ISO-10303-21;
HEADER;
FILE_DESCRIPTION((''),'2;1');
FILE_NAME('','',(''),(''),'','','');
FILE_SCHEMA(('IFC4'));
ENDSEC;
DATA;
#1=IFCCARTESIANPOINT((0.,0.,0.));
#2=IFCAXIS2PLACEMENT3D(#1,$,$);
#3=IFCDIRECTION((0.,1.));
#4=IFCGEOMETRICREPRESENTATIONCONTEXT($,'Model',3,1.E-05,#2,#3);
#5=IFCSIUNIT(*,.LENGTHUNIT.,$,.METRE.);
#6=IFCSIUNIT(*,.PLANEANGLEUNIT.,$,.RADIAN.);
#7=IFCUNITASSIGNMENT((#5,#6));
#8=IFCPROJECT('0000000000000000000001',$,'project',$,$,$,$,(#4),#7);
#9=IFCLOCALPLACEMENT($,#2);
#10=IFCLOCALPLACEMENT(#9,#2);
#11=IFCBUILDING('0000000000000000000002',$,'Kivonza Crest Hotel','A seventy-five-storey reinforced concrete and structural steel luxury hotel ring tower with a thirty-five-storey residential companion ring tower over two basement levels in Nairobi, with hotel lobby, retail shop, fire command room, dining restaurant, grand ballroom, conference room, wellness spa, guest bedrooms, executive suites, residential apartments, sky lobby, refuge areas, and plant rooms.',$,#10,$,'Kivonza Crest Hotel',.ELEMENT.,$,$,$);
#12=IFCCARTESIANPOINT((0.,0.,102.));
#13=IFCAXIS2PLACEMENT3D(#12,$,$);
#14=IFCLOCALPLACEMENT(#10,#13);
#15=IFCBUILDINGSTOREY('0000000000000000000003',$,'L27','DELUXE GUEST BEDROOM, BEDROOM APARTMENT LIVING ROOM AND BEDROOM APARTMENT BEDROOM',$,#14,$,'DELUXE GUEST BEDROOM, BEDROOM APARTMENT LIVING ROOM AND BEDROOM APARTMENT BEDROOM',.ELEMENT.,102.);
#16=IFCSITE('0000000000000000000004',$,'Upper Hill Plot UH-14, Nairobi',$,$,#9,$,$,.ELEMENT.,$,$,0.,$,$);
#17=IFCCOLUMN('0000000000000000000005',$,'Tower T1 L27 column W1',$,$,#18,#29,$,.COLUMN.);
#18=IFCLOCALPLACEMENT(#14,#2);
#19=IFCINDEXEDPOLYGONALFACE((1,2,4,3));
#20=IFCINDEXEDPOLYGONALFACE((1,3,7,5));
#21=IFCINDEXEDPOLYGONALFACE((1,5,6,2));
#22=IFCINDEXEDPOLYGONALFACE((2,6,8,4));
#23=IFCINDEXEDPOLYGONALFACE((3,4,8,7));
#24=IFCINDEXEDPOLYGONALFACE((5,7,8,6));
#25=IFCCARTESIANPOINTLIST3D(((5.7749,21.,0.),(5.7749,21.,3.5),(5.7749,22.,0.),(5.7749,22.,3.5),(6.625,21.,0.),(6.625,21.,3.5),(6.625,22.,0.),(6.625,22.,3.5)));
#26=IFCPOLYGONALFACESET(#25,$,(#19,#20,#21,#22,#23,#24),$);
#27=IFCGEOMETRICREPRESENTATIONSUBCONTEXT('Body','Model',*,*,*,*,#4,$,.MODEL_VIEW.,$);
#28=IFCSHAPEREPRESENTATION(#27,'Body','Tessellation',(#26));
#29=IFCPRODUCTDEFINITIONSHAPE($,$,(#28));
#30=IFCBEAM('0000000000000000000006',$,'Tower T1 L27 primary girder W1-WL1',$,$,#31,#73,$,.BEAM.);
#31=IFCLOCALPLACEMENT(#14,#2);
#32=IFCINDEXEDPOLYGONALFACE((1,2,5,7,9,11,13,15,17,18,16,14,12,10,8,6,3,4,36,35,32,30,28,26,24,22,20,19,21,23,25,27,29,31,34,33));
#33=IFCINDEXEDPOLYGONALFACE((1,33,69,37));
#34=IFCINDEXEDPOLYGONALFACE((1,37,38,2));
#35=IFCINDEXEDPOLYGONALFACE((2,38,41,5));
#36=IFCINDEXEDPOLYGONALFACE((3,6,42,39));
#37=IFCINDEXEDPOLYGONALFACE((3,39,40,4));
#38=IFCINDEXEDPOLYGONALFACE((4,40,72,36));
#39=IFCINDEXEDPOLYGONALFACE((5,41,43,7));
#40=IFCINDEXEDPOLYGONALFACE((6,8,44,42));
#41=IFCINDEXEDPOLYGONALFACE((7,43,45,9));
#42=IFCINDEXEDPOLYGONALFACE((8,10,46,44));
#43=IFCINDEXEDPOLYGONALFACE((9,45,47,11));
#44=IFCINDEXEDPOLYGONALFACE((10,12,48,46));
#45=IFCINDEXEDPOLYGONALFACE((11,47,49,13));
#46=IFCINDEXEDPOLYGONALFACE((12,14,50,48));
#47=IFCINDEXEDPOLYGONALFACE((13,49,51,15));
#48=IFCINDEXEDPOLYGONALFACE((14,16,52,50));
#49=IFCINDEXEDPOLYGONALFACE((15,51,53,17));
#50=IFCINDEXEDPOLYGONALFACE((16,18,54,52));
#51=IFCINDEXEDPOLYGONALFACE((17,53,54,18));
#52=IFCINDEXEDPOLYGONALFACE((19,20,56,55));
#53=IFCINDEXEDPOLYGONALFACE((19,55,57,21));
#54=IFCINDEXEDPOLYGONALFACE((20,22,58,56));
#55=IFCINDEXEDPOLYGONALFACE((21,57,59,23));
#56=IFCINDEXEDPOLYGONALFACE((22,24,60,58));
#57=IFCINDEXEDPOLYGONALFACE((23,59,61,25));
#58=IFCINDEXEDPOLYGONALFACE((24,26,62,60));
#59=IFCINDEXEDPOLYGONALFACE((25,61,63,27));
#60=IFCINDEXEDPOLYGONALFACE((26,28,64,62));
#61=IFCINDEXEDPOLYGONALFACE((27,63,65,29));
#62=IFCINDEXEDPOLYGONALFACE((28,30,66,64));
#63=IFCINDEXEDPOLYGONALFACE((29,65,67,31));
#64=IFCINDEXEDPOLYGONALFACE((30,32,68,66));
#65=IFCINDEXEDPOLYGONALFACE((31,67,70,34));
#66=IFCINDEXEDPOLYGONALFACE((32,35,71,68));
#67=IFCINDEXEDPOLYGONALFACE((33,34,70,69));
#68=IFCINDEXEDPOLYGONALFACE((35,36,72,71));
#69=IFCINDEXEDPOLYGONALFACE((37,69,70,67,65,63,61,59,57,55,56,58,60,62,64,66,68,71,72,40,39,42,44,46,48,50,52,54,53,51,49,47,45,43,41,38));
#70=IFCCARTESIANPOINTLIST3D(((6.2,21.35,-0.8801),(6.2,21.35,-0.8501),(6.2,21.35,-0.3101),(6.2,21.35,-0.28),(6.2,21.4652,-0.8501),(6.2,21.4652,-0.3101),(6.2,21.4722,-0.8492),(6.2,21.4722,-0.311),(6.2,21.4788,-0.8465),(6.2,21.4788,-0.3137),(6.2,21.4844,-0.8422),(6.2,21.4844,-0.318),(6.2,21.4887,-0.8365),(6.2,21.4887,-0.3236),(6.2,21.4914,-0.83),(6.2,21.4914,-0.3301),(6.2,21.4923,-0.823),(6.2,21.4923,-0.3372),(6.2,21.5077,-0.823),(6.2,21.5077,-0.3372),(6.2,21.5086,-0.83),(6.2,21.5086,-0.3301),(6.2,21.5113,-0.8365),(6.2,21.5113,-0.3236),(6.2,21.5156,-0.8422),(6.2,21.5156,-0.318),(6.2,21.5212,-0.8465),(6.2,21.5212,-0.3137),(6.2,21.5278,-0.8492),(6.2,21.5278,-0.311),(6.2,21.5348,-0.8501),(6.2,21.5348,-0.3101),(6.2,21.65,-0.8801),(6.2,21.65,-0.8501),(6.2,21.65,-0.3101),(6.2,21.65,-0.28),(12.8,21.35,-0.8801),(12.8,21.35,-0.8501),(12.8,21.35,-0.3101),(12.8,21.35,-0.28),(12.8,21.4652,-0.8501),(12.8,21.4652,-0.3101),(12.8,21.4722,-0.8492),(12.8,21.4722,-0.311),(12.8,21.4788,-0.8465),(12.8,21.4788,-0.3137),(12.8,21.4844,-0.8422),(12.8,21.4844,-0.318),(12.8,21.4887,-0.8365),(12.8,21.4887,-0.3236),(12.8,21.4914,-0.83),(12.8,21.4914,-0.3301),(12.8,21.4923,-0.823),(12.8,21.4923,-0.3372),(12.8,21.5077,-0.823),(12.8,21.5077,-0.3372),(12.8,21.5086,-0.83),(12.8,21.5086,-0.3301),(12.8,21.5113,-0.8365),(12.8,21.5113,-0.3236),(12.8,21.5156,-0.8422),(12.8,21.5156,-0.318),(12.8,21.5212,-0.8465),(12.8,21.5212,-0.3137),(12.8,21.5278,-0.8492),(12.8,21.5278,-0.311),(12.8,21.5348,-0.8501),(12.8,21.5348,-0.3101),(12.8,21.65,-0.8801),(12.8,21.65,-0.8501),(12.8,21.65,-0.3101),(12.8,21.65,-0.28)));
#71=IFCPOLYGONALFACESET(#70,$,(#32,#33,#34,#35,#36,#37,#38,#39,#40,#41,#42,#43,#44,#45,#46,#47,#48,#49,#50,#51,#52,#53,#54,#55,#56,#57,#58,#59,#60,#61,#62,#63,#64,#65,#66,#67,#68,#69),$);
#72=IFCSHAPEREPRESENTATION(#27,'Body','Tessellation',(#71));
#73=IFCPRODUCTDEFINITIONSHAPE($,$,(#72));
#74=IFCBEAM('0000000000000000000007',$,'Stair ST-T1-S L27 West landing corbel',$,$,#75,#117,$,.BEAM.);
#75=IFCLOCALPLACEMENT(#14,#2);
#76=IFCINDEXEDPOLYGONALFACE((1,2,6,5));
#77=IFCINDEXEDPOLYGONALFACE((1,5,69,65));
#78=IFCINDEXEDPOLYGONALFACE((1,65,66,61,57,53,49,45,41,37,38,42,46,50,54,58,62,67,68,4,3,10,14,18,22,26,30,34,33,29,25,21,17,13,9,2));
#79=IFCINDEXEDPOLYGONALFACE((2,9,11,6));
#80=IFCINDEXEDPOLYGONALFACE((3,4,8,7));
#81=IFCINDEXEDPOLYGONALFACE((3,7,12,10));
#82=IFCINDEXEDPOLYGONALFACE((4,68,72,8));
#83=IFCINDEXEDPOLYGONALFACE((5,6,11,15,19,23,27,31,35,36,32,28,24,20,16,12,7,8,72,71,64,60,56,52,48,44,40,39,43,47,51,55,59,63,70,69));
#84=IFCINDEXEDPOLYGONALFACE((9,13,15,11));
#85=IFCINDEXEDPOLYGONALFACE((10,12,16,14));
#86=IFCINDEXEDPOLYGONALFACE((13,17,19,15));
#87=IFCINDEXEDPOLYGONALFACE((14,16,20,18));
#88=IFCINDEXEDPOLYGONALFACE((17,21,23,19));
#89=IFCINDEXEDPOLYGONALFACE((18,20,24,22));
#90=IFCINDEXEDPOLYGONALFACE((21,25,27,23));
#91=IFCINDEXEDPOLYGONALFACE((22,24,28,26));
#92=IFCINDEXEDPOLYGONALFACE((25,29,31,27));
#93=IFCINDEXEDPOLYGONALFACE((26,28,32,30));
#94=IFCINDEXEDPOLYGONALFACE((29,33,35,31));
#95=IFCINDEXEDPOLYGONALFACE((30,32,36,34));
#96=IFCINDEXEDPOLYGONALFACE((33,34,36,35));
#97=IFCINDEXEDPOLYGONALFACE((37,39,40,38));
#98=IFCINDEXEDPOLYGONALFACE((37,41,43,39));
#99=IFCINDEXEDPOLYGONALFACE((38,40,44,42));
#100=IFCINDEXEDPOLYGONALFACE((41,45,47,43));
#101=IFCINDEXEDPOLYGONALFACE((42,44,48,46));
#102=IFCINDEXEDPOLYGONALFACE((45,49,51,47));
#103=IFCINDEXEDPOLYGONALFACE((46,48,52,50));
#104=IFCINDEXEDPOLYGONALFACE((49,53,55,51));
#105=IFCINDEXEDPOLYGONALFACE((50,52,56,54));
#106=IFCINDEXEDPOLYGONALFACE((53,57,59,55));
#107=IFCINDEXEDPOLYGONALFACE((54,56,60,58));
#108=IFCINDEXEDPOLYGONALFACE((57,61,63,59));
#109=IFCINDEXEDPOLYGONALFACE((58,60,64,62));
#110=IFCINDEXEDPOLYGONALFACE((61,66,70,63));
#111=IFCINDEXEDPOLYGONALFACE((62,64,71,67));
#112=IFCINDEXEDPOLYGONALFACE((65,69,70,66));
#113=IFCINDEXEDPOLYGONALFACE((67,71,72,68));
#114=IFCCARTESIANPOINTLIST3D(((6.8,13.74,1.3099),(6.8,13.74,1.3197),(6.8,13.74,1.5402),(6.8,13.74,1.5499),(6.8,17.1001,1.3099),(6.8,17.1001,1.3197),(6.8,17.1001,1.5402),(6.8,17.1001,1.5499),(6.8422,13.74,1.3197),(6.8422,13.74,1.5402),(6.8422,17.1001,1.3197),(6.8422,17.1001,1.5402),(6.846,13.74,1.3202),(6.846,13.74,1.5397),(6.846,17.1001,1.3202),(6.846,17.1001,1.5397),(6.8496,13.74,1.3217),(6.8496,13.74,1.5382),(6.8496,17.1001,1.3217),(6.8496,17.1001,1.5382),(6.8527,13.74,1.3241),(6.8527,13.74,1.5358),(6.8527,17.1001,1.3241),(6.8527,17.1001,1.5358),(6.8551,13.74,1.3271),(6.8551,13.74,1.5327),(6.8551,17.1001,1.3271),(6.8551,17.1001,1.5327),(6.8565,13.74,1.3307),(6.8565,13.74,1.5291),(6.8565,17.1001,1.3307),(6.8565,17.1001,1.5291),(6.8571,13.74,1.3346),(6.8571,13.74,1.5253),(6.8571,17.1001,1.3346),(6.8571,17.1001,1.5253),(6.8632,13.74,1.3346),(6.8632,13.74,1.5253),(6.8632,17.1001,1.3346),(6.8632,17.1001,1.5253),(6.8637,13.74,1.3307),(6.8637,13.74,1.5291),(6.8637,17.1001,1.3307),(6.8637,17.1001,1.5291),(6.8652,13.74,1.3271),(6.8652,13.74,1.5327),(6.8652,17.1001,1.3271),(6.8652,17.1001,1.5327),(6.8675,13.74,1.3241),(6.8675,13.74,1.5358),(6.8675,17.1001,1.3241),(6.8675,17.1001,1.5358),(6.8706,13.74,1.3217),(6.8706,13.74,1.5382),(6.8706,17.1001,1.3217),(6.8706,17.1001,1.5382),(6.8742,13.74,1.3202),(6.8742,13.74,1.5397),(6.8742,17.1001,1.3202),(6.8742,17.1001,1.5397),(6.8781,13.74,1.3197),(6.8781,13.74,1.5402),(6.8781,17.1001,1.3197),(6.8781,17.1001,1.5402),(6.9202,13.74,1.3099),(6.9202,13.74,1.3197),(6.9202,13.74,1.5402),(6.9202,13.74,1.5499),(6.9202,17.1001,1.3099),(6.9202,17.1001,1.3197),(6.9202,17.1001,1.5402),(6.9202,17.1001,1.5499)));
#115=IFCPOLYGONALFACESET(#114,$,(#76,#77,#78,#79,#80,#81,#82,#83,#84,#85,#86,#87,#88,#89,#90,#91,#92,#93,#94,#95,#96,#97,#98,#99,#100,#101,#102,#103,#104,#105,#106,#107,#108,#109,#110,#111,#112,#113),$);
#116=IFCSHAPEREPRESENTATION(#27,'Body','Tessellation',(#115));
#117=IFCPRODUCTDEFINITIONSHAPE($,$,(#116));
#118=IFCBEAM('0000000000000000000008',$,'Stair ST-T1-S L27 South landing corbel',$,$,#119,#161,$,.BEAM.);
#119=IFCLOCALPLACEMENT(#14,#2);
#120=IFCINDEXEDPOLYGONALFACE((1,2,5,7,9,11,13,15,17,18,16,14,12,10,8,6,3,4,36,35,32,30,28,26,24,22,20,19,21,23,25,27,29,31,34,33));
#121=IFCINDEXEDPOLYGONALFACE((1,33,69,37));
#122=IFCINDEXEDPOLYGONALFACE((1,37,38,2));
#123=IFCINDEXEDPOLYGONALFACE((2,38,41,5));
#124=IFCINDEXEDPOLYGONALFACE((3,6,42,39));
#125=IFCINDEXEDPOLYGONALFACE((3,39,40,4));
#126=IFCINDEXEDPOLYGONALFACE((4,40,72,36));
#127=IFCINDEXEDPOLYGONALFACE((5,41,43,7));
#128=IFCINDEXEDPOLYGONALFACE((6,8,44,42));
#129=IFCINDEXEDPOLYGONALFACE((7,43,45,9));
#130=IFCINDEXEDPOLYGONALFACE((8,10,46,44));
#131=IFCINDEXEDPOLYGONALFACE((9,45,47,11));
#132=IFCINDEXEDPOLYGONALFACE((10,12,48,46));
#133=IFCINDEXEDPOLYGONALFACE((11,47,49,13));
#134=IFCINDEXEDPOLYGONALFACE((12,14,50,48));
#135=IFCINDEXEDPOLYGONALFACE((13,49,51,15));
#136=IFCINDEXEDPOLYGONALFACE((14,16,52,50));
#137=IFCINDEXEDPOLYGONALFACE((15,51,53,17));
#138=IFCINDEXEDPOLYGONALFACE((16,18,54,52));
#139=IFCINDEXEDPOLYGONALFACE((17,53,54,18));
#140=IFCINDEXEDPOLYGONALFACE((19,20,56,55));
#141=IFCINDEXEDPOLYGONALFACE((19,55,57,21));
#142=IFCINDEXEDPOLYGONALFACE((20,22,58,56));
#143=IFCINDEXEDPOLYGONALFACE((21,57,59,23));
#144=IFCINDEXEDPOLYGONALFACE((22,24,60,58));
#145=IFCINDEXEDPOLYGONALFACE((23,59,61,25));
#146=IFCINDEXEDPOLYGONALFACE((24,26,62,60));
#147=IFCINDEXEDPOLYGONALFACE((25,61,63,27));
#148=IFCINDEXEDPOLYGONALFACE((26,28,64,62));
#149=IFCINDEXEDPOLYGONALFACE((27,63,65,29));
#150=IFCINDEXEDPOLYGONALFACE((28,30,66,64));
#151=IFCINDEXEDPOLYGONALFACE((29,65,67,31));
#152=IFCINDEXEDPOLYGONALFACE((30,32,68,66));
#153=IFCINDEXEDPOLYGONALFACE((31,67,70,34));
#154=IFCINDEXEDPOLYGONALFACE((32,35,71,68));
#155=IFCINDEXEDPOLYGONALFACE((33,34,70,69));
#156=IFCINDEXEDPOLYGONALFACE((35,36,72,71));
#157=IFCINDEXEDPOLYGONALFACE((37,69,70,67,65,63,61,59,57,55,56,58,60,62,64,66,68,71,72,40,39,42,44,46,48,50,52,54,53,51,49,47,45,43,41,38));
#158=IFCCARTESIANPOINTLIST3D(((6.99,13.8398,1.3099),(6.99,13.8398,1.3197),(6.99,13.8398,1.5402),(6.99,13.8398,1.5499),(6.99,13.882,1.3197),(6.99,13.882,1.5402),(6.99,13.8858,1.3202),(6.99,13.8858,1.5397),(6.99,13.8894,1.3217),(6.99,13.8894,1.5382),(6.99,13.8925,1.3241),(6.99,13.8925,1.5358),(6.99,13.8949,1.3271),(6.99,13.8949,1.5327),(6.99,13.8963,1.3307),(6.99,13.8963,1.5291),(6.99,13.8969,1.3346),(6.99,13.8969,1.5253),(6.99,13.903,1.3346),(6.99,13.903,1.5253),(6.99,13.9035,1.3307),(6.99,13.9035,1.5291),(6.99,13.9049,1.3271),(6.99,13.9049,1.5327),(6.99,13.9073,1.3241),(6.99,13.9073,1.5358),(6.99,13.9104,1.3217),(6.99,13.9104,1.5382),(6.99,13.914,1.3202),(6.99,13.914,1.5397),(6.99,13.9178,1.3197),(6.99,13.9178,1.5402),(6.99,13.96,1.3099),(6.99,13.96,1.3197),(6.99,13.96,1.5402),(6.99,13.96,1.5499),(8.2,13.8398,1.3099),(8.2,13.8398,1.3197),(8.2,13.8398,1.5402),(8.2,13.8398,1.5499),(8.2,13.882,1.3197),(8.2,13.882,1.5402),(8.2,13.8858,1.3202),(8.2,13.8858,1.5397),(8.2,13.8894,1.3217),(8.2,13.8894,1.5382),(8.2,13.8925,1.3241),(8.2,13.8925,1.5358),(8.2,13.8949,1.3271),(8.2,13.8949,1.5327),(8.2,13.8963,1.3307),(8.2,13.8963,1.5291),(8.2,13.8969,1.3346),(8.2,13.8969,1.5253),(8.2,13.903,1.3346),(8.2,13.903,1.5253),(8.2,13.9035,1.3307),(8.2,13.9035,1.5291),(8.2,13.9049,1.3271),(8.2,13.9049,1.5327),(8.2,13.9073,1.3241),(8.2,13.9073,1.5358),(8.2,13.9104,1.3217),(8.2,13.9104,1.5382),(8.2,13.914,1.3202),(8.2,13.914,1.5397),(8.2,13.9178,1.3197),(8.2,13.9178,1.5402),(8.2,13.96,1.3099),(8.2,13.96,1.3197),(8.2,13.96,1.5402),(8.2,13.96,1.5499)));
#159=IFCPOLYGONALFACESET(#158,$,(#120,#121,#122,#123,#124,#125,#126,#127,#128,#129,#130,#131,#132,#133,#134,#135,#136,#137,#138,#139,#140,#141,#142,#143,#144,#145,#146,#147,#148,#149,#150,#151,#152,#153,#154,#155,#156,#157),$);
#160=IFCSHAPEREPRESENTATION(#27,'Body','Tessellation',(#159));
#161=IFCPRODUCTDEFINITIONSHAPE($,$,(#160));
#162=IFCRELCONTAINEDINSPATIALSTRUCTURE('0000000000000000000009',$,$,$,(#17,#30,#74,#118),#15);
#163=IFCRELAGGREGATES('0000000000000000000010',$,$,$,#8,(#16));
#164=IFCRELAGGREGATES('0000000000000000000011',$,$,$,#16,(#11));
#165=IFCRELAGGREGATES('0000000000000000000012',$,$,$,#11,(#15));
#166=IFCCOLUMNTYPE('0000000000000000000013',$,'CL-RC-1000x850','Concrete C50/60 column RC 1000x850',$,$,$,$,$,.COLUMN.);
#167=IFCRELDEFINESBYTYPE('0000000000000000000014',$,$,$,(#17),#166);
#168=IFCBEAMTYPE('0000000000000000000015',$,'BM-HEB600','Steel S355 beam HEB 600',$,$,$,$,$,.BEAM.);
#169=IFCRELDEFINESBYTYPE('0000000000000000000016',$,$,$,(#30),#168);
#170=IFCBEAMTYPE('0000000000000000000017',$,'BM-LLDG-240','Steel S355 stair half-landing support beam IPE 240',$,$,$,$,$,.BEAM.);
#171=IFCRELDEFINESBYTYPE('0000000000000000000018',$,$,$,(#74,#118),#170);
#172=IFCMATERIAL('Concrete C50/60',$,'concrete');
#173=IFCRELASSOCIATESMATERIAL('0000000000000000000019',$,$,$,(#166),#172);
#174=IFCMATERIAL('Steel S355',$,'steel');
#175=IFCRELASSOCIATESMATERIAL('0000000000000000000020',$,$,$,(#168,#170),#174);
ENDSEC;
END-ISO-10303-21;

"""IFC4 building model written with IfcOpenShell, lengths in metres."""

from ifc_helpers import new_model, si_unit, direction, frame, origin, origin_2d, place, context, subcontext, project, spatial, rectangle, i_section, extrude, material, material_profile, profile_set, type_object, element, save


model = new_model("IFC4")

# Units and contexts
model_context = context("Model", 3, precision=1e-05, world=origin(), true_north=direction((0.0, 1.0)))
body_context = subcontext(model_context, "Body", "Model", "MODEL_VIEW")
ifc_project = project(units=[si_unit("LENGTHUNIT", "METRE"), si_unit("PLANEANGLEUNIT", "RADIAN")], contexts=[model_context])

# Site, building, storey
site_placement = place(None, origin())
site = spatial("IfcSite", under=ifc_project, at=site_placement, Name="Upper Hill Plot UH-14, Nairobi", CompositionType="ELEMENT", RefElevation=0.0)
building_placement = place(site_placement, origin())
building = spatial("IfcBuilding", under=site, at=building_placement, Name="Kivonza Crest Hotel", Description="A seventy-five-storey reinforced concrete and structural steel luxury hotel ring tower with a thirty-five-storey residential companion ring tower over two basement levels in Nairobi, with hotel lobby, retail shop, fire command room, dining restaurant, grand ballroom, conference room, wellness spa, guest bedrooms, executive suites, residential apartments, sky lobby, refuge areas, and plant rooms.", LongName="Kivonza Crest Hotel", CompositionType="ELEMENT")
storey_placement = place(building_placement, frame((0.0, 0.0, 102.0)))
storey = spatial("IfcBuildingStorey", under=building, at=storey_placement, Name="L27", Description="DELUXE GUEST BEDROOM, BEDROOM APARTMENT LIVING ROOM AND BEDROOM APARTMENT BEDROOM", LongName="DELUXE GUEST BEDROOM, BEDROOM APARTMENT LIVING ROOM AND BEDROOM APARTMENT BEDROOM", CompositionType="ELEMENT", Elevation=102.0)

# Column
ifc_material_1 = material(Name="Concrete C50/60", Category="concrete")
ifc_material_profile_1 = material_profile(ifc_material_1, rectangle(XDim=0.8501, YDim=1.0, at=origin_2d()), Name="RC 1000x850")
ifc_profile_set_1 = profile_set([ifc_material_profile_1], Name="Concrete C50/60")
column_type = type_object("IfcColumnType", Name="CL-RC-1000x850", Description="Concrete C50/60 column RC 1000x850", PredefinedType="COLUMN", material=ifc_profile_set_1)
column_placement = place(storey_placement, frame((6.2, 21.5, 0.0), z_axis=(0.0, 0.0, 1.0), x_axis=(1.0, 0.0, 0.0)))
element("IfcColumn", 1, at=column_placement, inside=storey, type_object=column_type, Name="Tower T1 L27 column W1", PredefinedType="COLUMN", context=body_context, shape_type="SweptSolid", body=[
    extrude(rectangle(XDim=0.8501, YDim=1.0, at=origin_2d()), origin(), (0.0, 0.0, 1.0), 3.5),
])

# Beams
ifc_material_2 = material(Name="Steel S355", Category="steel")
ifc_material_profile_2 = material_profile(ifc_material_2, i_section(OverallWidth=0.3, OverallDepth=0.6001, WebThickness=0.0154, FlangeThickness=0.03, FilletRadius=0.0271, at=origin_2d()), Name="HEB 600")
ifc_profile_set_2 = profile_set([ifc_material_profile_2], Name="Steel S355")
beam_type_1 = type_object("IfcBeamType", Name="BM-HEB600", Description="Steel S355 beam HEB 600", PredefinedType="BEAM", material=ifc_profile_set_2)
beam_1_placement = place(storey_placement, frame((6.2, 21.5, -0.5801), z_axis=(1.0, 0.0, 0.0), x_axis=(0.0, 1.0, 0.0)))
element("IfcBeam", 2, at=beam_1_placement, inside=storey, type_object=beam_type_1, Name="Tower T1 L27 primary girder W1-WL1", PredefinedType="BEAM", context=body_context, shape_type="SweptSolid", body=[
    extrude(i_section(OverallWidth=0.3, OverallDepth=0.6001, WebThickness=0.0154, FlangeThickness=0.03, FilletRadius=0.0271, at=origin_2d()), origin(), (0.0, 0.0, 1.0), 6.6001),
])
ifc_material_profile_3 = material_profile(ifc_material_2, i_section(OverallWidth=0.1201, OverallDepth=0.24, WebThickness=0.0061, FlangeThickness=0.0098, FilletRadius=0.0149, at=origin_2d()), Name="IPE 240")
ifc_profile_set_3 = profile_set([ifc_material_profile_3], Name="Steel S355")
beam_type_2 = type_object("IfcBeamType", Name="BM-LLDG-240", Description="Steel S355 stair half-landing support beam IPE 240", PredefinedType="BEAM", material=ifc_profile_set_3)
beam_2_placement = place(storey_placement, frame((6.8601, 13.74, 1.4299), z_axis=(0.0, 1.0, 0.0), x_axis=(-1.0, 0.0, 0.0)))
element("IfcBeam", 3, at=beam_2_placement, inside=storey, type_object=beam_type_2, Name="Stair ST-T1-S L27 West landing corbel", PredefinedType="BEAM", context=body_context, shape_type="SweptSolid", body=[
    extrude(i_section(OverallWidth=0.1201, OverallDepth=0.24, WebThickness=0.0061, FlangeThickness=0.0098, FilletRadius=0.0149, at=origin_2d()), origin(), (0.0, 0.0, 1.0), 3.3601),
])
for number, where, z_axis, x_axis, name in (
    (4, (6.99, 13.8999, 1.4299), (1.0, 0.0, 0.0), (0.0, 1.0, 0.0), "Stair ST-T1-S L27 South landing corbel"),
):
    element("IfcBeam", number, at=place(storey_placement, frame(where, z_axis=z_axis, x_axis=x_axis)), inside=storey, type_object=beam_type_2, Name=name, PredefinedType="BEAM", context=body_context, shape_type="SweptSolid", body=[
        extrude(i_section(OverallWidth=0.1201, OverallDepth=0.24, WebThickness=0.0061, FlangeThickness=0.0098, FilletRadius=0.0149, at=origin_2d()), origin(), (0.0, 0.0, 1.0), 1.21),
    ])

save(model, "model.ifc")
